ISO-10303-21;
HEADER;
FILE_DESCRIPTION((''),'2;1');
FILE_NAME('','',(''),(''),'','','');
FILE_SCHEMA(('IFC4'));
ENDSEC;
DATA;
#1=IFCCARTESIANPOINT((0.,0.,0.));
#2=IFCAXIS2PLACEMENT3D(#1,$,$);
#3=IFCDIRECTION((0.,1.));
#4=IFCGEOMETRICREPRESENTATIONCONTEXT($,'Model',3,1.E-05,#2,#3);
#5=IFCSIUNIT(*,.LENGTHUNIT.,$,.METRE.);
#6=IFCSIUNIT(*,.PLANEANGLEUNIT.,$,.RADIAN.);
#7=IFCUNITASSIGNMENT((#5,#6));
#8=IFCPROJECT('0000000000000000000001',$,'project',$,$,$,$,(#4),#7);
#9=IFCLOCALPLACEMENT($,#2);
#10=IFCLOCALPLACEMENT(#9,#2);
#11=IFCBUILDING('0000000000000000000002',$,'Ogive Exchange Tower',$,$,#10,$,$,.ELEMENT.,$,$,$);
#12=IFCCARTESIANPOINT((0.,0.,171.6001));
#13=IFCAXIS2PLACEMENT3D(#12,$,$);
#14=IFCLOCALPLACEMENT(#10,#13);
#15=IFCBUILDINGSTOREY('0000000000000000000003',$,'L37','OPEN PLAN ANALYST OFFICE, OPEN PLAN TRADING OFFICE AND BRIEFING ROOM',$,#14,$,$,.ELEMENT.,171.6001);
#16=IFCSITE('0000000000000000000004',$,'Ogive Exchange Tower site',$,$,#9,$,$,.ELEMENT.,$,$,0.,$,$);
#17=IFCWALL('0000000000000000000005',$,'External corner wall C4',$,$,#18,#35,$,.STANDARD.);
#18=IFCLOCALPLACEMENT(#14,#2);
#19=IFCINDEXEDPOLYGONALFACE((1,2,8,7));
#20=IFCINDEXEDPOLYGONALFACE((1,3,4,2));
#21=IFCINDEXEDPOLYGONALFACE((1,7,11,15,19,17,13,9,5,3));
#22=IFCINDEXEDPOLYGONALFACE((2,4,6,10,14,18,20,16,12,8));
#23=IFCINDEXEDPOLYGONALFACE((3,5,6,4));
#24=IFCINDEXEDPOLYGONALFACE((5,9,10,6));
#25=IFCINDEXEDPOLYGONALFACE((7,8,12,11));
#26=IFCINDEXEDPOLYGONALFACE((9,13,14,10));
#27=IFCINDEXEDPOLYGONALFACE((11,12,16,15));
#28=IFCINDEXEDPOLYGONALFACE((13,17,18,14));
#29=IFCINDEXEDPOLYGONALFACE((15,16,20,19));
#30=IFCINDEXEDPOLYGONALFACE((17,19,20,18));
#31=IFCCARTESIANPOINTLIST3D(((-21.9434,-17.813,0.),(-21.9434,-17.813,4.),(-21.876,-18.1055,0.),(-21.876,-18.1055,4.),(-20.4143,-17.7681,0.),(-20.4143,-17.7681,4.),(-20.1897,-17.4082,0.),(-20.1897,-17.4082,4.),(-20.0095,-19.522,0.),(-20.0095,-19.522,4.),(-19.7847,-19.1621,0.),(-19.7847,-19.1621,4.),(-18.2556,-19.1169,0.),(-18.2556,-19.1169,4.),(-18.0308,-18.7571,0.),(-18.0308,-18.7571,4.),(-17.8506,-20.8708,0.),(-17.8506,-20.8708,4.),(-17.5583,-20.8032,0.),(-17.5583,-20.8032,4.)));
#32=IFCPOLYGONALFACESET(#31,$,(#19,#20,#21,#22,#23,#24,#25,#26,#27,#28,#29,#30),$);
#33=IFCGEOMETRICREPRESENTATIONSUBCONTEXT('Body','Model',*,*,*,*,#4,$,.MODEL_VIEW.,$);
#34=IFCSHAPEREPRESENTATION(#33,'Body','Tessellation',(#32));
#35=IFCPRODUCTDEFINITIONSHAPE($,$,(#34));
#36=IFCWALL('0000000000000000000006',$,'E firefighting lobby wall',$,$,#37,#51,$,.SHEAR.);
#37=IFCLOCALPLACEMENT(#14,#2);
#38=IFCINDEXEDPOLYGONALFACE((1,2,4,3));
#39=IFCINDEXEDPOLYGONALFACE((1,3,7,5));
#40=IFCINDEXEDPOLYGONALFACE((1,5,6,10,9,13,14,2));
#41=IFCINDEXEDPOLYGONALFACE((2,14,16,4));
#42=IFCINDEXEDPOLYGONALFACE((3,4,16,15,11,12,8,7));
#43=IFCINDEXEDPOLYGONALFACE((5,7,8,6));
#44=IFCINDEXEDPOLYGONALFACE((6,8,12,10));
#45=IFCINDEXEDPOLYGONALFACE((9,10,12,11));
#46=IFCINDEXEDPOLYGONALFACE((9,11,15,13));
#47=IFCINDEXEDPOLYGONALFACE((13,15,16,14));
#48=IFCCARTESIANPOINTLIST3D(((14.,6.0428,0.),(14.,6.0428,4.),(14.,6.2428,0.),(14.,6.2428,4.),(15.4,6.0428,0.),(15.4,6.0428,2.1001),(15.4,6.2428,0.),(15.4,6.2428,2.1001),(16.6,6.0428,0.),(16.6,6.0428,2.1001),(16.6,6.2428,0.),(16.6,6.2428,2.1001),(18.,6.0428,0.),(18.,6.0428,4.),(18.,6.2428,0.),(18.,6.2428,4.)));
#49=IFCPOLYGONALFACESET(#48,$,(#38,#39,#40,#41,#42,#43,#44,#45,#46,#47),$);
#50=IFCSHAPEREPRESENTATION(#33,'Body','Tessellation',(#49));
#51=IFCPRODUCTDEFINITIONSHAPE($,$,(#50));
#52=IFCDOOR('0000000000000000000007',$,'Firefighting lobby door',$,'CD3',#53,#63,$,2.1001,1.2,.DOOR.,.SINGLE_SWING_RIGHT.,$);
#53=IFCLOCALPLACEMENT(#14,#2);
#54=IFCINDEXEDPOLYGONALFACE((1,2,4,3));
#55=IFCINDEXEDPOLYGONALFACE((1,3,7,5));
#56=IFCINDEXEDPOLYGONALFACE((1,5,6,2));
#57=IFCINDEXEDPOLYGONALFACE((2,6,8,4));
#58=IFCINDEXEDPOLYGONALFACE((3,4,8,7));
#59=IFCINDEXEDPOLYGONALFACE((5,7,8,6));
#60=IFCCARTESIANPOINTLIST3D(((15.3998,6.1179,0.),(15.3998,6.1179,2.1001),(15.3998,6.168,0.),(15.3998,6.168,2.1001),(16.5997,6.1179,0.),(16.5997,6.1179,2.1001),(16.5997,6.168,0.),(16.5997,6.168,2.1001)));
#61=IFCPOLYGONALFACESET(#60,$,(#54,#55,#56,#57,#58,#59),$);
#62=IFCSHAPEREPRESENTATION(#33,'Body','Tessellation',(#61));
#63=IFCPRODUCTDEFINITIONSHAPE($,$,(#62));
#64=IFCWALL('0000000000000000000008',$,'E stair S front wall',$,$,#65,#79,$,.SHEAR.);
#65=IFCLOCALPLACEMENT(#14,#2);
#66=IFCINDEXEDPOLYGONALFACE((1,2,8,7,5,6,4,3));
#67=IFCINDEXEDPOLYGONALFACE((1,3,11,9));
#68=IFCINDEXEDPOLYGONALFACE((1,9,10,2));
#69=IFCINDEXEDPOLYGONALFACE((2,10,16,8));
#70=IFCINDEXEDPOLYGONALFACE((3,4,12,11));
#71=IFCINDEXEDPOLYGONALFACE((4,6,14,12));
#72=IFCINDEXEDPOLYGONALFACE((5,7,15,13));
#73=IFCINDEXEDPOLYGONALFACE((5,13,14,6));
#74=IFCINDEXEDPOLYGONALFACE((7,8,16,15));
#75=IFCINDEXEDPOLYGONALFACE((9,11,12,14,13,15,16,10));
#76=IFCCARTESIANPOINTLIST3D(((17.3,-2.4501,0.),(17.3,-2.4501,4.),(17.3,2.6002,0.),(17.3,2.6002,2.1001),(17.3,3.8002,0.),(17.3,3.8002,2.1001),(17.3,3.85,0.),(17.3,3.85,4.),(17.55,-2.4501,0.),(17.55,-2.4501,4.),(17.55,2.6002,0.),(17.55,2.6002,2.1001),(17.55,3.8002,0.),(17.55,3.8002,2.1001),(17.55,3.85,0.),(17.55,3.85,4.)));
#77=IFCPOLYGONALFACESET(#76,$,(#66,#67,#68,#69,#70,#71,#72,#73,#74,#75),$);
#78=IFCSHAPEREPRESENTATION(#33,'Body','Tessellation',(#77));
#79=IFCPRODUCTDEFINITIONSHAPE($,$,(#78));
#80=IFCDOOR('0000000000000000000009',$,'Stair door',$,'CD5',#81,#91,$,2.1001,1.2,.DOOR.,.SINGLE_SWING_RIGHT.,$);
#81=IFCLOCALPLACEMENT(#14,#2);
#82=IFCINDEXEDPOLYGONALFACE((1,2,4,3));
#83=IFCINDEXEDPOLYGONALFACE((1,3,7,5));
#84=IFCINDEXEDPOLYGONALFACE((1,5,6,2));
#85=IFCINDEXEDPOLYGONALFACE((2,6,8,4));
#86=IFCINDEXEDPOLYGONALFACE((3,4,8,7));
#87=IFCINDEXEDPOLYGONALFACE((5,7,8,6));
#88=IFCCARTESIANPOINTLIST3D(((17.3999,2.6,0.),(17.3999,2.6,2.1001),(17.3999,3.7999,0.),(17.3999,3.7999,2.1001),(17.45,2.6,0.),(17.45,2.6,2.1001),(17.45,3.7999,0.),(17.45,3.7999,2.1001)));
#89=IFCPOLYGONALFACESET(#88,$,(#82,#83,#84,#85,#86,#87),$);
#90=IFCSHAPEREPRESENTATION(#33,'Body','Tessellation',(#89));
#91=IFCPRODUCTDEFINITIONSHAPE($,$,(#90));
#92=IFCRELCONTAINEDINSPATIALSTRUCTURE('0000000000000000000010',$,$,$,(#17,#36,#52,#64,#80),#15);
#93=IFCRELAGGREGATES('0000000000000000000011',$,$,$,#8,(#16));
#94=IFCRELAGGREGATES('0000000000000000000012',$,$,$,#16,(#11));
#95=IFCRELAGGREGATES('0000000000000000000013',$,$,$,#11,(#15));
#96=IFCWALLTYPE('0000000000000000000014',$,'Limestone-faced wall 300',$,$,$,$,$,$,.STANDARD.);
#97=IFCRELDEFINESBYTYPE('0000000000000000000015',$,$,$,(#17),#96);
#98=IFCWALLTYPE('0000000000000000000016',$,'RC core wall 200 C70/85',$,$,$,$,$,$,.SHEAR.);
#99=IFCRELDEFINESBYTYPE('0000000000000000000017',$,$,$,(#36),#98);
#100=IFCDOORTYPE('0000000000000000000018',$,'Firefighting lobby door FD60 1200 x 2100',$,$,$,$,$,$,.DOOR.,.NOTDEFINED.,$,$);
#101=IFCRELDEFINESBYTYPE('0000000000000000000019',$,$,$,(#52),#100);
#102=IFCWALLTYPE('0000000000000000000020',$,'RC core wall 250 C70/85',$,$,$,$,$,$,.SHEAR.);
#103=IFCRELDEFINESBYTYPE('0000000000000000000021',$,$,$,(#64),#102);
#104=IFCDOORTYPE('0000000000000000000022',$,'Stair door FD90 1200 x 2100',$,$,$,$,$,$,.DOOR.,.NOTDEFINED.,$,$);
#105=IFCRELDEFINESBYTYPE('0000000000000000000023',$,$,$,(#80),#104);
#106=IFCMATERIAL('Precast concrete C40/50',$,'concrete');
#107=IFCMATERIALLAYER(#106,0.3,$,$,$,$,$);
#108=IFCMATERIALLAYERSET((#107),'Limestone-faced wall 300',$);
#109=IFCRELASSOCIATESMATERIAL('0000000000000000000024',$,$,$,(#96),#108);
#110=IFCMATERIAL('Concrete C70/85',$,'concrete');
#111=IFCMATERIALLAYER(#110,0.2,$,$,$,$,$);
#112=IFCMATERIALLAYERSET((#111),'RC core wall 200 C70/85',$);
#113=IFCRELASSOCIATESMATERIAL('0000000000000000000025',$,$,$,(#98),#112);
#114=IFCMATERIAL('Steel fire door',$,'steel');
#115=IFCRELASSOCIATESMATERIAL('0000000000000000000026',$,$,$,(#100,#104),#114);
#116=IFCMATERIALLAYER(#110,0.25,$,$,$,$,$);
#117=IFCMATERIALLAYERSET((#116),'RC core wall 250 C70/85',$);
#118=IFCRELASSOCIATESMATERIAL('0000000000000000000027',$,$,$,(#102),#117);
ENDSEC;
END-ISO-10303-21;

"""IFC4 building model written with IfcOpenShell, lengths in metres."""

from ifc_helpers import new_model, si_unit, direction, frame, frame_2d, origin, place, context, subcontext, project, spatial, polyline, rectangle, outline, extrude, material, layer, layer_set, type_object, element, fill, save


model = new_model("IFC4")

# Units and contexts
model_context = context("Model", 3, precision=1e-05, world=origin(), true_north=direction((0.0, 1.0)))
body_context = subcontext(model_context, "Body", "Model", "MODEL_VIEW")
ifc_project = project(units=[si_unit("LENGTHUNIT", "METRE"), si_unit("PLANEANGLEUNIT", "RADIAN")], contexts=[model_context])

# Site, building, storey
site_placement = place(None, origin())
site = spatial("IfcSite", under=ifc_project, at=site_placement, Name="Ogive Exchange Tower site", CompositionType="ELEMENT", RefElevation=0.0)
building_placement = place(site_placement, origin())
building = spatial("IfcBuilding", under=site, at=building_placement, Name="Ogive Exchange Tower", CompositionType="ELEMENT")
storey_placement = place(building_placement, frame((0.0, 0.0, 171.6001)))
storey = spatial("IfcBuildingStorey", under=building, at=storey_placement, Name="L37", Description="OPEN PLAN ANALYST OFFICE, OPEN PLAN TRADING OFFICE AND BRIEFING ROOM", CompositionType="ELEMENT", Elevation=171.6001)

# Shared definitions
ifc_material_1 = material(Name="Concrete C70/85", Category="concrete")

# Wall
ifc_material_2 = material(Name="Precast concrete C40/50", Category="concrete")
ifc_layer_1 = layer(ifc_material_2, 0.3)
ifc_layer_set_1 = layer_set([ifc_layer_1], Name="Limestone-faced wall 300")
wall_type_1 = type_object("IfcWallType", Name="Limestone-faced wall 300", PredefinedType="STANDARD", material=ifc_layer_set_1)
wall_1_placement = place(storey_placement, origin())
element("IfcWall", 1, at=wall_1_placement, inside=storey, type_object=wall_type_1, Name="External corner wall C4", PredefinedType="STANDARD", context=body_context, shape_type="SweptSolid", body=[
    extrude(outline(polyline([(-18.2556, -19.1169), (-20.0095, -19.522), (-20.4143, -17.7681), (-21.876, -18.1055), (-21.9434, -17.813), (-20.1897, -17.4082), (-19.7847, -19.1621), (-18.0308, -18.7571), (-17.5583, -20.8032), (-17.8506, -20.8708), (-18.2556, -19.1169)])), origin(), (0.0, 0.0, 1.0), 4.0),
])

# Walls, openings, doors
ifc_layer_2 = layer(ifc_material_1, 0.2)
ifc_layer_set_2 = layer_set([ifc_layer_2], Name="RC core wall 200 C70/85")
wall_type_2 = type_object("IfcWallType", Name="RC core wall 200 C70/85", PredefinedType="SHEAR", material=ifc_layer_set_2)
wall_2_placement = place(storey_placement, frame((14.0, 6.1428, 0.0), z_axis=(0.0, 0.0, 1.0), x_axis=(1.0, 0.0, 0.0)))
wall_2 = element("IfcWall", 2, at=wall_2_placement, inside=storey, type_object=wall_type_2, Name="E firefighting lobby wall", PredefinedType="SHEAR", context=body_context, shape_type="SweptSolid", body=[
    extrude(rectangle(XDim=4.0, YDim=0.2, at=frame_2d((2.0, 0.0))), origin(), (0.0, 0.0, 1.0), 4.0),
])
opening_1_placement = place(wall_2_placement, frame((1.3999, 0.0, 0.0)))
opening_1 = element("IfcOpeningElement", 3, at=opening_1_placement, cuts=wall_2, PredefinedType="OPENING", context=body_context, shape_type="SweptSolid", body=[
    extrude(rectangle(XDim=1.2, YDim=2.1001, at=frame_2d((0.6001, 1.05))), frame((0.0, 0.1099, 0.0), z_axis=(0.0, -1.0, 0.0), x_axis=(1.0, 0.0, 0.0)), (0.0, 0.0, 1.0), 0.22),
])
ifc_material_3 = material(Name="Steel fire door", Category="steel")
door_type_1 = type_object("IfcDoorType", Name="Firefighting lobby door FD60 1200 x 2100", OperationType="NOTDEFINED", PredefinedType="DOOR", material=ifc_material_3)
door_1_placement = place(opening_1_placement, frame((1.2, 0.0, 0.0), z_axis=(0.0, 0.0, 1.0), x_axis=(-1.0, 0.0, 0.0)))
door_1 = element("IfcDoor", 4, at=door_1_placement, inside=storey, type_object=door_type_1, Name="Firefighting lobby door", ObjectType="CD3", OperationType="SINGLE_SWING_RIGHT", OverallHeight=2.1001, OverallWidth=1.2, PredefinedType="DOOR", context=body_context, shape_type="SweptSolid", body=[
    extrude(rectangle(XDim=1.2, YDim=2.1001, at=frame_2d((0.6001, 1.05))), frame((0.0, 0.0249, 0.0), z_axis=(0.0, -1.0, 0.0), x_axis=(1.0, 0.0, 0.0)), (0.0, 0.0, 1.0), 0.05),
])
fill(opening_1, door_1)
ifc_layer_3 = layer(ifc_material_1, 0.25)
ifc_layer_set_3 = layer_set([ifc_layer_3], Name="RC core wall 250 C70/85")
wall_type_3 = type_object("IfcWallType", Name="RC core wall 250 C70/85", PredefinedType="SHEAR", material=ifc_layer_set_3)
wall_3_placement = place(storey_placement, frame((17.425, -2.45, 0.0), z_axis=(0.0, 0.0, 1.0), x_axis=(0.0, 1.0, 0.0)))
wall_3 = element("IfcWall", 5, at=wall_3_placement, inside=storey, type_object=wall_type_3, Name="E stair S front wall", PredefinedType="SHEAR", context=body_context, shape_type="SweptSolid", body=[
    extrude(rectangle(XDim=6.3, YDim=0.25, at=frame_2d((3.1499, 0.0))), origin(), (0.0, 0.0, 1.0), 4.0),
])
opening_2_placement = place(wall_3_placement, frame((5.05, 0.0, 0.0)))
opening_2 = element("IfcOpeningElement", 6, at=opening_2_placement, cuts=wall_3, PredefinedType="OPENING", context=body_context, shape_type="SweptSolid", body=[
    extrude(rectangle(XDim=1.2, YDim=2.1001, at=frame_2d((0.6001, 1.05))), frame((0.0, 0.135, 0.0), z_axis=(0.0, -1.0, 0.0), x_axis=(1.0, 0.0, 0.0)), (0.0, 0.0, 1.0), 0.27),
])
door_type_2 = type_object("IfcDoorType", Name="Stair door FD90 1200 x 2100", OperationType="NOTDEFINED", PredefinedType="DOOR", material=ifc_material_3)
door_2_placement = place(opening_2_placement, frame((1.2, 0.0, 0.0), z_axis=(0.0, 0.0, 1.0), x_axis=(-1.0, 0.0, 0.0)))
door_2 = element("IfcDoor", 7, at=door_2_placement, inside=storey, type_object=door_type_2, Name="Stair door", ObjectType="CD5", OperationType="SINGLE_SWING_RIGHT", OverallHeight=2.1001, OverallWidth=1.2, PredefinedType="DOOR", context=body_context, shape_type="SweptSolid", body=[
    extrude(rectangle(XDim=1.2, YDim=2.1001, at=frame_2d((0.6001, 1.05))), frame((0.0, 0.0249, 0.0), z_axis=(0.0, -1.0, 0.0), x_axis=(1.0, 0.0, 0.0)), (0.0, 0.0, 1.0), 0.05),
])
fill(opening_2, door_2)

save(model, "model.ifc")
